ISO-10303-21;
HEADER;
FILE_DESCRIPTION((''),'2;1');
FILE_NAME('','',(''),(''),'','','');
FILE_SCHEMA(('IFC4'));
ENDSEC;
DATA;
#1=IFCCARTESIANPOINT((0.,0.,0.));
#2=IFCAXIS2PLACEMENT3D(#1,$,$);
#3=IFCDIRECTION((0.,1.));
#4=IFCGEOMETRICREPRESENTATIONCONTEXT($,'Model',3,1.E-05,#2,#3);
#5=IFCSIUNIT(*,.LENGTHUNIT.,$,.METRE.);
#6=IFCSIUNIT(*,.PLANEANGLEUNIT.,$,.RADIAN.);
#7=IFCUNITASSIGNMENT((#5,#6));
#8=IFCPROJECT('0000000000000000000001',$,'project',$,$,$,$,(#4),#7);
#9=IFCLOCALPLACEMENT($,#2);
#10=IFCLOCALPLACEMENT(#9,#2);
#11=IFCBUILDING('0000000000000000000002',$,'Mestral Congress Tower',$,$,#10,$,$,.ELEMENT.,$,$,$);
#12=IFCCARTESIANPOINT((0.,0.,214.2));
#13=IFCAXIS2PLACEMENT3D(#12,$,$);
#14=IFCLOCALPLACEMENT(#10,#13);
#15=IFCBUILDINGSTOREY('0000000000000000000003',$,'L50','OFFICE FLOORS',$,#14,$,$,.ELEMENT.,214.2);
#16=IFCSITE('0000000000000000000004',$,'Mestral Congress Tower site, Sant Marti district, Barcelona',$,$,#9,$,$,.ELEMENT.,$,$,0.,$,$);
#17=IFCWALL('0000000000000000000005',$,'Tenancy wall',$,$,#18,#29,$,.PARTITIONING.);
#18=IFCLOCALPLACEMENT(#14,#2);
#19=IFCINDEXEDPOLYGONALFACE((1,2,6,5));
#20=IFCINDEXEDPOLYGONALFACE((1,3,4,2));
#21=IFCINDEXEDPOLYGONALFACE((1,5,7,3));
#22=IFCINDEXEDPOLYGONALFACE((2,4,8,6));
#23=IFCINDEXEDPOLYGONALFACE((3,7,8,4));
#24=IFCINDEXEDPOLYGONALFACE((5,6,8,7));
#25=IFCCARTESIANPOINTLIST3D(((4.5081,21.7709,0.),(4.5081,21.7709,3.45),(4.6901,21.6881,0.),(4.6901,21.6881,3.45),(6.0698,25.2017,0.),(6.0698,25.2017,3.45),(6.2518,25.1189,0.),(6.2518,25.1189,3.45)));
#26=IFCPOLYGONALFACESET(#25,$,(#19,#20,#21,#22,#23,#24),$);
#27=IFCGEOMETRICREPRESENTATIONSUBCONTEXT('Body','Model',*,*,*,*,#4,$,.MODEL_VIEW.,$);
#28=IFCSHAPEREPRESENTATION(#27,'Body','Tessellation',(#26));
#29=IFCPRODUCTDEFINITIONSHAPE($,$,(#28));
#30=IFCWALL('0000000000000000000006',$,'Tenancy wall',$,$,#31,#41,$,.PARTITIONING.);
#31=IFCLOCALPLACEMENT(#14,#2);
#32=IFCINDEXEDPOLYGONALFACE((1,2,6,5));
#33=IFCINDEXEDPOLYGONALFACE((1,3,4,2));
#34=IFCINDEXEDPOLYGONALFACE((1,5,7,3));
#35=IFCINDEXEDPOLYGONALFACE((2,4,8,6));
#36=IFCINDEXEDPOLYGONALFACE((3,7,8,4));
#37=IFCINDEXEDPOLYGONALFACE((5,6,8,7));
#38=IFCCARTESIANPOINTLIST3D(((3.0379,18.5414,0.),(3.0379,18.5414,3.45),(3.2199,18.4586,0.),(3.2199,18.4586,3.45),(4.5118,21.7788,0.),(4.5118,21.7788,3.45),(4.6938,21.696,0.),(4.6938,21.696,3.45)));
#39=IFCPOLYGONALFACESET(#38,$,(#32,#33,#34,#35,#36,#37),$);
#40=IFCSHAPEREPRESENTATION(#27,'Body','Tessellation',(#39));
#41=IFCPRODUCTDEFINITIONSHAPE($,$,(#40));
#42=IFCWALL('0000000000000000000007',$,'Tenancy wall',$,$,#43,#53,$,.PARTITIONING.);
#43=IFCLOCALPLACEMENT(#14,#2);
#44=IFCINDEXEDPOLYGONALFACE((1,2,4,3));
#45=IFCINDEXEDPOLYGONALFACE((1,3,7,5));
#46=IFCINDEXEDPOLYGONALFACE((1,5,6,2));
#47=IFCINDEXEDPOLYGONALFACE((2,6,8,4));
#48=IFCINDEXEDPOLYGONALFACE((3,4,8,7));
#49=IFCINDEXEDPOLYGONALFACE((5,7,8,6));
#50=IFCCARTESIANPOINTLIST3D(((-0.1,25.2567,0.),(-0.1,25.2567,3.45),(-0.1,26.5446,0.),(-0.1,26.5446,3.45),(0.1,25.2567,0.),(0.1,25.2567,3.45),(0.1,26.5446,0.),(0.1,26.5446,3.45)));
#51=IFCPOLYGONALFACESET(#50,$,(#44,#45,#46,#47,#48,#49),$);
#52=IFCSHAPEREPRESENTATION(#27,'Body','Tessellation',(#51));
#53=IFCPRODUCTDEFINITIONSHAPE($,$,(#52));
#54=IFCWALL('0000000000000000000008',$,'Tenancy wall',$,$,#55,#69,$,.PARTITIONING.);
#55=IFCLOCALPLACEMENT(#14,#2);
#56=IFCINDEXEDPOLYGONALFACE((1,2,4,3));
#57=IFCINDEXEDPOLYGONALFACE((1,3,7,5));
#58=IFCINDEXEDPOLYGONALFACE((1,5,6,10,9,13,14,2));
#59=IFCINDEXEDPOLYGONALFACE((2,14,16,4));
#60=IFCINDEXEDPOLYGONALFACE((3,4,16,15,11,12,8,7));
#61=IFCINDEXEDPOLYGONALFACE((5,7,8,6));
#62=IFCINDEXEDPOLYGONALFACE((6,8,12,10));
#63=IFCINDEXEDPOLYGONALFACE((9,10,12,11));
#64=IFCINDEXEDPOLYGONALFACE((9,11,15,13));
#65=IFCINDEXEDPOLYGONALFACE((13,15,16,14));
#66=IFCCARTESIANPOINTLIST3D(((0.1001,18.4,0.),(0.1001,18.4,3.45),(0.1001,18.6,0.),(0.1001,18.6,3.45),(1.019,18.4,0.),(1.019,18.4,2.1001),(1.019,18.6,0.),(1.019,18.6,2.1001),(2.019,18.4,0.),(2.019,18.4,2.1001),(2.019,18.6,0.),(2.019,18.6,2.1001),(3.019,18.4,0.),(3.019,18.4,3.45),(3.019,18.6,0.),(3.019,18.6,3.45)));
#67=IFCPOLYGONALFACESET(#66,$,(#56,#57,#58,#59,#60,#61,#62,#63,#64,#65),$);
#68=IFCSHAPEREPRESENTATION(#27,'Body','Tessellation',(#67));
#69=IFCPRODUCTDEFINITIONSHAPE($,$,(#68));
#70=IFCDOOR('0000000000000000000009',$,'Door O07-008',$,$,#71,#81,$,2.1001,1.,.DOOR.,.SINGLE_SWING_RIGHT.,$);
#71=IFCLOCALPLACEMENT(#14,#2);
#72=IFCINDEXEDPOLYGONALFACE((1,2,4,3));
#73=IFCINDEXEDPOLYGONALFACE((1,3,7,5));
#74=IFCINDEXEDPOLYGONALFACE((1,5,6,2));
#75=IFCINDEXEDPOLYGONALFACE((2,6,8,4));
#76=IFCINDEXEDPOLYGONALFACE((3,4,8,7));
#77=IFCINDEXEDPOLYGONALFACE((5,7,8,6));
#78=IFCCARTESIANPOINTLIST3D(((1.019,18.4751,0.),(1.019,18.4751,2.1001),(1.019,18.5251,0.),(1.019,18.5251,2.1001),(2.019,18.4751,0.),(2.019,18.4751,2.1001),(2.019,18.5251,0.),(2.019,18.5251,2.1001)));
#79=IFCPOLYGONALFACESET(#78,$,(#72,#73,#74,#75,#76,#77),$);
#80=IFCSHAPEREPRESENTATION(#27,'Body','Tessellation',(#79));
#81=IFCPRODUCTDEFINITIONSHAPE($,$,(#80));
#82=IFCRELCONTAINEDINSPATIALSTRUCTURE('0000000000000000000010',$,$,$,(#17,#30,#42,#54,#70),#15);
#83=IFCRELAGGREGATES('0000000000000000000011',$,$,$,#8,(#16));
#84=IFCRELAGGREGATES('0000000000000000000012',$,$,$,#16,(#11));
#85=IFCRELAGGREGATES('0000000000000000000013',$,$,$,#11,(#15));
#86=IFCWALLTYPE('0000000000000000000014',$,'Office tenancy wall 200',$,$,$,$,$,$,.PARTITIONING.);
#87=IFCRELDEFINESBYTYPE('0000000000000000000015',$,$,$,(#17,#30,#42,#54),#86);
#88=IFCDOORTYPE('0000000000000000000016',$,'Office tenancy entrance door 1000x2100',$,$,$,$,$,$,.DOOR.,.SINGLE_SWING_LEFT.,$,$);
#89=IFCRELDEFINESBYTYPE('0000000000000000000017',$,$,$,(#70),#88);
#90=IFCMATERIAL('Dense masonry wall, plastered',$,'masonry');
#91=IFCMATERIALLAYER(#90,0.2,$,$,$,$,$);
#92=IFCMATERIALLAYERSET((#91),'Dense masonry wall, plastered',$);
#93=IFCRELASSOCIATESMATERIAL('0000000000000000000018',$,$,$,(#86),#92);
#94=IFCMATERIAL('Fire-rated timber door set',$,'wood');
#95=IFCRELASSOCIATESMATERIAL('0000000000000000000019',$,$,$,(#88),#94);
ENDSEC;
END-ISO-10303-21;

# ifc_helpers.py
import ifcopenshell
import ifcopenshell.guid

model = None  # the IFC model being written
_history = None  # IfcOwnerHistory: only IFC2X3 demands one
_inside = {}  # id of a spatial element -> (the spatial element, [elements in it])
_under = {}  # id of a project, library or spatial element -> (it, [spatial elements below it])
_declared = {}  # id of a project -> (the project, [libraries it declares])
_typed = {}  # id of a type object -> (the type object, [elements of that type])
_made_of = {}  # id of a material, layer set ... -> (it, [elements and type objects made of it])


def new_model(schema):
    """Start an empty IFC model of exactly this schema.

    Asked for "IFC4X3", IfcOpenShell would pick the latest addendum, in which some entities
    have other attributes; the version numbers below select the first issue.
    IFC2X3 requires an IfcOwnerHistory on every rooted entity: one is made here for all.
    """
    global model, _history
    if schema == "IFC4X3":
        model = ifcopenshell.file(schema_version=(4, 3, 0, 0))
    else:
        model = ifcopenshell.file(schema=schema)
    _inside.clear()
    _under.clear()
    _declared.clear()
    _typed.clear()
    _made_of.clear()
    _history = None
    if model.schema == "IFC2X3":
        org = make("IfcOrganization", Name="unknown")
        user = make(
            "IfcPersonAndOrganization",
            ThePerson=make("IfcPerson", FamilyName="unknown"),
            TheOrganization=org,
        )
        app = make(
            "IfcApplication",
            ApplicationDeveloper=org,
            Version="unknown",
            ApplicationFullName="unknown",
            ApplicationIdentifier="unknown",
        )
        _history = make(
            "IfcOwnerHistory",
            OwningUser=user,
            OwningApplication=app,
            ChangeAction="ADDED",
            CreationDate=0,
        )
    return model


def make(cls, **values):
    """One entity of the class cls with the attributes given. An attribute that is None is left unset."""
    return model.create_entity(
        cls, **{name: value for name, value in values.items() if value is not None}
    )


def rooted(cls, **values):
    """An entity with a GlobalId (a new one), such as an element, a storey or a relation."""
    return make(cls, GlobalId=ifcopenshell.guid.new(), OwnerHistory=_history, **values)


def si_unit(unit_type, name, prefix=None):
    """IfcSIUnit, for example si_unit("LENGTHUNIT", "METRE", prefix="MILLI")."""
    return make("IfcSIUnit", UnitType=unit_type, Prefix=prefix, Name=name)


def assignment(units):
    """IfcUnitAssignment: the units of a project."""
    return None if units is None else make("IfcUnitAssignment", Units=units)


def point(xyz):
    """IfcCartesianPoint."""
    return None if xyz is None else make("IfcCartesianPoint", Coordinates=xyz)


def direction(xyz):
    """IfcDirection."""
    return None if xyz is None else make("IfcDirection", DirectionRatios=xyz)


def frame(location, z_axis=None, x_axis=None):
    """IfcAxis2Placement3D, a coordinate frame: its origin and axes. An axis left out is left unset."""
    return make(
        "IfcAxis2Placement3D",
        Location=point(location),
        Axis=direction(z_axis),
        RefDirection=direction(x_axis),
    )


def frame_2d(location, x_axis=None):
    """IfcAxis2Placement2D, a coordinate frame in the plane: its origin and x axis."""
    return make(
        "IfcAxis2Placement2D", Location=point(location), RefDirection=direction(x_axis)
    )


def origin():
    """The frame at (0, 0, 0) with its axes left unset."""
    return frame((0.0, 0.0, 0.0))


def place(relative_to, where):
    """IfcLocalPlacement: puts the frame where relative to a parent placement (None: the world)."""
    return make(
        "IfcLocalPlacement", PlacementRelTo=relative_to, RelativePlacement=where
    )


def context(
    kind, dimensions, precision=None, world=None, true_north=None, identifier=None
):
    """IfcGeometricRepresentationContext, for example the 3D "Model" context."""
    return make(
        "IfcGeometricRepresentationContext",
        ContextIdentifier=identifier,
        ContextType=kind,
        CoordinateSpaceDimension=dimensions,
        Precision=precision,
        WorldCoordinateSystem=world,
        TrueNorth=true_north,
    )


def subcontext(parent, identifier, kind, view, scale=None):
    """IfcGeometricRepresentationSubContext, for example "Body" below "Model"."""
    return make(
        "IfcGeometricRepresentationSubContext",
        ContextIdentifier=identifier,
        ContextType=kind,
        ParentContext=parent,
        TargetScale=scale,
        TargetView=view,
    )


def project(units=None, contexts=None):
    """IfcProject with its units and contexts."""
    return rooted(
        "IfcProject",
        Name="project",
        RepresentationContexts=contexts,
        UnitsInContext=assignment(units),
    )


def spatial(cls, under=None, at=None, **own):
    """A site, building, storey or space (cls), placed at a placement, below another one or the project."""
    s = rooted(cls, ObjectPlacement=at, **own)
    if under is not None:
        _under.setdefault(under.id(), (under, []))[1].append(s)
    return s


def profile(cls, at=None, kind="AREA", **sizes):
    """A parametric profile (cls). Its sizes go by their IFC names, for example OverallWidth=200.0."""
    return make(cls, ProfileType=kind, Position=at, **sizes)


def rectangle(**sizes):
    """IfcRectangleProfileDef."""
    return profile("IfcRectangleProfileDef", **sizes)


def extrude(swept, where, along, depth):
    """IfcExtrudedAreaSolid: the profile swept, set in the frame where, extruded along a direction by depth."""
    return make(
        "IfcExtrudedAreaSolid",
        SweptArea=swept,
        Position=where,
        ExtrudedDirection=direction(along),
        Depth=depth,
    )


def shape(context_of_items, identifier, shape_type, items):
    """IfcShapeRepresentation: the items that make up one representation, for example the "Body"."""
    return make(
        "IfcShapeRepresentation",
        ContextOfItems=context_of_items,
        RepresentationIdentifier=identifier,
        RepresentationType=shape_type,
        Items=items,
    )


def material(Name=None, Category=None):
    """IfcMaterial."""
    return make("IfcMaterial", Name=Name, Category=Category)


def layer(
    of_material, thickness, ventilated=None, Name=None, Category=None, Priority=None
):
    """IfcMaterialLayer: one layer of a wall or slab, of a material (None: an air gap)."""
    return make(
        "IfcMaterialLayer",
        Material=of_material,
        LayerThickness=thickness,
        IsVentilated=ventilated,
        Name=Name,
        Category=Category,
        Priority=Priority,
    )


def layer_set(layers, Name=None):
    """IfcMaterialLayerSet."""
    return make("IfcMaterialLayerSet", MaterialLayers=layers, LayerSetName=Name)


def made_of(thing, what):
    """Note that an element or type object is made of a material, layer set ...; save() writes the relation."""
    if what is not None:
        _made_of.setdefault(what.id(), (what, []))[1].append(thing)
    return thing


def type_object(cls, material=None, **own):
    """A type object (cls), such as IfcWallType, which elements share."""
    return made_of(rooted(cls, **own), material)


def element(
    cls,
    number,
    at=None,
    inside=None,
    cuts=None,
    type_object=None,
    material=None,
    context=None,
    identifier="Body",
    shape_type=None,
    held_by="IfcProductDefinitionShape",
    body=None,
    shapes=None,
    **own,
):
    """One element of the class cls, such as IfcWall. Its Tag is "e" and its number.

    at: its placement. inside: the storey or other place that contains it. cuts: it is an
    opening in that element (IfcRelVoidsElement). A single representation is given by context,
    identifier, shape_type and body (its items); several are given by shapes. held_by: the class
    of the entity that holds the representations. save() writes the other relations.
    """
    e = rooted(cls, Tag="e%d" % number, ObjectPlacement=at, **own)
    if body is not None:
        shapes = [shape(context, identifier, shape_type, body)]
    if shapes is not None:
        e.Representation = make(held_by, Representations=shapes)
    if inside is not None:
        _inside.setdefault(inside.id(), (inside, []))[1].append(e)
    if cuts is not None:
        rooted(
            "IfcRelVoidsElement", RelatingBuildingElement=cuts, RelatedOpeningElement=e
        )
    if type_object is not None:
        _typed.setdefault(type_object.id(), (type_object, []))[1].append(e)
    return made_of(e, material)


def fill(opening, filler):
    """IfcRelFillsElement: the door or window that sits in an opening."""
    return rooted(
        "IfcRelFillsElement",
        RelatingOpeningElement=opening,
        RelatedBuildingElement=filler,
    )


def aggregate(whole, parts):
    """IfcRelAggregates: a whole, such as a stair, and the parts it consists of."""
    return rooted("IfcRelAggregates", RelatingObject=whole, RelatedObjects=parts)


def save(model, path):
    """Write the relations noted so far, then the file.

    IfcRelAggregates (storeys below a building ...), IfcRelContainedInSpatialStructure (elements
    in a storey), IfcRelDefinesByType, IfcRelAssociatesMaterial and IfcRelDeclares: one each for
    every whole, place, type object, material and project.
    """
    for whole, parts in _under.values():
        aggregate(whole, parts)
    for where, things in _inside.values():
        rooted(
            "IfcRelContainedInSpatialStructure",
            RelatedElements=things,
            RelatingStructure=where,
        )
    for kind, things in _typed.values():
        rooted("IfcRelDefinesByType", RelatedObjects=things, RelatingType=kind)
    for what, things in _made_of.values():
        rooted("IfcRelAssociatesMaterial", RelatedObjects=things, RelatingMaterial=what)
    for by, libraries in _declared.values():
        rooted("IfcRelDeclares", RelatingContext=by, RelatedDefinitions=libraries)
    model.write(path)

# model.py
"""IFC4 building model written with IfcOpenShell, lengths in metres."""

from ifc_helpers import new_model, si_unit, direction, frame, frame_2d, origin, place, context, subcontext, project, spatial, rectangle, extrude, material, layer, layer_set, type_object, element, fill, save


model = new_model("IFC4")

# Units and contexts
model_context = context("Model", 3, precision=1e-05, world=origin(), true_north=direction((0.0, 1.0)))
body_context = subcontext(model_context, "Body", "Model", "MODEL_VIEW")
ifc_project = project(units=[si_unit("LENGTHUNIT", "METRE"), si_unit("PLANEANGLEUNIT", "RADIAN")], contexts=[model_context])

# Site, building, storey
site_placement = place(None, origin())
site = spatial("IfcSite", under=ifc_project, at=site_placement, Name="Mestral Congress Tower site, Sant Marti district, Barcelona", CompositionType="ELEMENT", RefElevation=0.0)
building_placement = place(site_placement, origin())
building = spatial("IfcBuilding", under=site, at=building_placement, Name="Mestral Congress Tower", CompositionType="ELEMENT")
storey_placement = place(building_placement, frame((0.0, 0.0, 214.2)))
storey = spatial("IfcBuildingStorey", under=building, at=storey_placement, Name="L50", Description="OFFICE FLOORS", CompositionType="ELEMENT", Elevation=214.2)

# Walls
ifc_material_1 = material(Name="Dense masonry wall, plastered", Category="masonry")
ifc_layer_1 = layer(ifc_material_1, 0.2)
ifc_layer_set_1 = layer_set([ifc_layer_1], Name="Dense masonry wall, plastered")
wall_type_1 = type_object("IfcWallType", Name="Office tenancy wall 200", PredefinedType="PARTITIONING", material=ifc_layer_set_1)
wall_1_placement = place(storey_placement, frame((4.5991, 21.7295, 0.0), z_axis=(0.0, 0.0, 1.0), x_axis=(0.414301, 0.91014, 0.0)))
element("IfcWall", 1, at=wall_1_placement, inside=storey, type_object=wall_type_1, Name="Tenancy wall", PredefinedType="PARTITIONING", context=body_context, shape_type="SweptSolid", body=[
    extrude(rectangle(XDim=3.7695, YDim=0.2, at=frame_2d((1.8848, 0.0))), origin(), (0.0, 0.0, 1.0), 3.45),
])
wall_2_placement = place(storey_placement, frame((3.1289, 18.5, 0.0), z_axis=(0.0, 0.0, 1.0), x_axis=(0.414356, 0.910115, 0.0)))
element("IfcWall", 2, at=wall_2_placement, inside=storey, type_object=wall_type_1, Name="Tenancy wall", PredefinedType="PARTITIONING", context=body_context, shape_type="SweptSolid", body=[
    extrude(rectangle(XDim=3.5571, YDim=0.2, at=frame_2d((1.7786, 0.0))), origin(), (0.0, 0.0, 1.0), 3.45),
])
wall_3_placement = place(storey_placement, frame((0.0, 25.2566, 0.0), z_axis=(0.0, 0.0, 1.0), x_axis=(0.0, 1.0, 0.0)))
element("IfcWall", 3, at=wall_3_placement, inside=storey, type_object=wall_type_1, Name="Tenancy wall", PredefinedType="PARTITIONING", context=body_context, shape_type="SweptSolid", body=[
    extrude(rectangle(XDim=1.2878, YDim=0.2, at=frame_2d((0.644, 0.0))), origin(), (0.0, 0.0, 1.0), 3.45),
])

# Wall, opening, door
wall_4_placement = place(storey_placement, frame((3.019, 18.5, 0.0), z_axis=(0.0, 0.0, 1.0), x_axis=(-1.0, 0.0, 0.0)))
wall_4 = element("IfcWall", 4, at=wall_4_placement, inside=storey, type_object=wall_type_1, Name="Tenancy wall", PredefinedType="PARTITIONING", context=body_context, shape_type="SweptSolid", body=[
    extrude(rectangle(XDim=2.9189, YDim=0.2, at=frame_2d((1.4595, 0.0))), origin(), (0.0, 0.0, 1.0), 3.45),
])
opening_1_placement = place(wall_4_placement, frame((1.0, 0.0, 0.0)))
opening_1 = element("IfcOpeningElement", 5, at=opening_1_placement, cuts=wall_4, PredefinedType="OPENING", context=body_context, shape_type="SweptSolid", body=[
    extrude(rectangle(XDim=1.0, YDim=2.1001, at=frame_2d((0.5, 1.05))), frame((0.0, 0.1099, 0.0), z_axis=(0.0, -1.0, 0.0), x_axis=(1.0, 0.0, 0.0)), (0.0, 0.0, 1.0), 0.22),
])
ifc_material_2 = material(Name="Fire-rated timber door set", Category="wood")
door_type_1 = type_object("IfcDoorType", Name="Office tenancy entrance door 1000x2100", OperationType="SINGLE_SWING_LEFT", PredefinedType="DOOR", material=ifc_material_2)
door_1_placement = place(opening_1_placement, origin())
door_1 = element("IfcDoor", 6, at=door_1_placement, inside=storey, type_object=door_type_1, Name="Door O07-008", OperationType="SINGLE_SWING_RIGHT", OverallHeight=2.1001, OverallWidth=1.0, PredefinedType="DOOR", context=body_context, shape_type="SweptSolid", body=[
    extrude(rectangle(XDim=1.0, YDim=2.1001, at=frame_2d((0.5, 1.05))), frame((0.0, 0.0249, 0.0), z_axis=(0.0, -1.0, 0.0), x_axis=(1.0, 0.0, 0.0)), (0.0, 0.0, 1.0), 0.05),
])
fill(opening_1, door_1)

save(model, "model.ifc")
